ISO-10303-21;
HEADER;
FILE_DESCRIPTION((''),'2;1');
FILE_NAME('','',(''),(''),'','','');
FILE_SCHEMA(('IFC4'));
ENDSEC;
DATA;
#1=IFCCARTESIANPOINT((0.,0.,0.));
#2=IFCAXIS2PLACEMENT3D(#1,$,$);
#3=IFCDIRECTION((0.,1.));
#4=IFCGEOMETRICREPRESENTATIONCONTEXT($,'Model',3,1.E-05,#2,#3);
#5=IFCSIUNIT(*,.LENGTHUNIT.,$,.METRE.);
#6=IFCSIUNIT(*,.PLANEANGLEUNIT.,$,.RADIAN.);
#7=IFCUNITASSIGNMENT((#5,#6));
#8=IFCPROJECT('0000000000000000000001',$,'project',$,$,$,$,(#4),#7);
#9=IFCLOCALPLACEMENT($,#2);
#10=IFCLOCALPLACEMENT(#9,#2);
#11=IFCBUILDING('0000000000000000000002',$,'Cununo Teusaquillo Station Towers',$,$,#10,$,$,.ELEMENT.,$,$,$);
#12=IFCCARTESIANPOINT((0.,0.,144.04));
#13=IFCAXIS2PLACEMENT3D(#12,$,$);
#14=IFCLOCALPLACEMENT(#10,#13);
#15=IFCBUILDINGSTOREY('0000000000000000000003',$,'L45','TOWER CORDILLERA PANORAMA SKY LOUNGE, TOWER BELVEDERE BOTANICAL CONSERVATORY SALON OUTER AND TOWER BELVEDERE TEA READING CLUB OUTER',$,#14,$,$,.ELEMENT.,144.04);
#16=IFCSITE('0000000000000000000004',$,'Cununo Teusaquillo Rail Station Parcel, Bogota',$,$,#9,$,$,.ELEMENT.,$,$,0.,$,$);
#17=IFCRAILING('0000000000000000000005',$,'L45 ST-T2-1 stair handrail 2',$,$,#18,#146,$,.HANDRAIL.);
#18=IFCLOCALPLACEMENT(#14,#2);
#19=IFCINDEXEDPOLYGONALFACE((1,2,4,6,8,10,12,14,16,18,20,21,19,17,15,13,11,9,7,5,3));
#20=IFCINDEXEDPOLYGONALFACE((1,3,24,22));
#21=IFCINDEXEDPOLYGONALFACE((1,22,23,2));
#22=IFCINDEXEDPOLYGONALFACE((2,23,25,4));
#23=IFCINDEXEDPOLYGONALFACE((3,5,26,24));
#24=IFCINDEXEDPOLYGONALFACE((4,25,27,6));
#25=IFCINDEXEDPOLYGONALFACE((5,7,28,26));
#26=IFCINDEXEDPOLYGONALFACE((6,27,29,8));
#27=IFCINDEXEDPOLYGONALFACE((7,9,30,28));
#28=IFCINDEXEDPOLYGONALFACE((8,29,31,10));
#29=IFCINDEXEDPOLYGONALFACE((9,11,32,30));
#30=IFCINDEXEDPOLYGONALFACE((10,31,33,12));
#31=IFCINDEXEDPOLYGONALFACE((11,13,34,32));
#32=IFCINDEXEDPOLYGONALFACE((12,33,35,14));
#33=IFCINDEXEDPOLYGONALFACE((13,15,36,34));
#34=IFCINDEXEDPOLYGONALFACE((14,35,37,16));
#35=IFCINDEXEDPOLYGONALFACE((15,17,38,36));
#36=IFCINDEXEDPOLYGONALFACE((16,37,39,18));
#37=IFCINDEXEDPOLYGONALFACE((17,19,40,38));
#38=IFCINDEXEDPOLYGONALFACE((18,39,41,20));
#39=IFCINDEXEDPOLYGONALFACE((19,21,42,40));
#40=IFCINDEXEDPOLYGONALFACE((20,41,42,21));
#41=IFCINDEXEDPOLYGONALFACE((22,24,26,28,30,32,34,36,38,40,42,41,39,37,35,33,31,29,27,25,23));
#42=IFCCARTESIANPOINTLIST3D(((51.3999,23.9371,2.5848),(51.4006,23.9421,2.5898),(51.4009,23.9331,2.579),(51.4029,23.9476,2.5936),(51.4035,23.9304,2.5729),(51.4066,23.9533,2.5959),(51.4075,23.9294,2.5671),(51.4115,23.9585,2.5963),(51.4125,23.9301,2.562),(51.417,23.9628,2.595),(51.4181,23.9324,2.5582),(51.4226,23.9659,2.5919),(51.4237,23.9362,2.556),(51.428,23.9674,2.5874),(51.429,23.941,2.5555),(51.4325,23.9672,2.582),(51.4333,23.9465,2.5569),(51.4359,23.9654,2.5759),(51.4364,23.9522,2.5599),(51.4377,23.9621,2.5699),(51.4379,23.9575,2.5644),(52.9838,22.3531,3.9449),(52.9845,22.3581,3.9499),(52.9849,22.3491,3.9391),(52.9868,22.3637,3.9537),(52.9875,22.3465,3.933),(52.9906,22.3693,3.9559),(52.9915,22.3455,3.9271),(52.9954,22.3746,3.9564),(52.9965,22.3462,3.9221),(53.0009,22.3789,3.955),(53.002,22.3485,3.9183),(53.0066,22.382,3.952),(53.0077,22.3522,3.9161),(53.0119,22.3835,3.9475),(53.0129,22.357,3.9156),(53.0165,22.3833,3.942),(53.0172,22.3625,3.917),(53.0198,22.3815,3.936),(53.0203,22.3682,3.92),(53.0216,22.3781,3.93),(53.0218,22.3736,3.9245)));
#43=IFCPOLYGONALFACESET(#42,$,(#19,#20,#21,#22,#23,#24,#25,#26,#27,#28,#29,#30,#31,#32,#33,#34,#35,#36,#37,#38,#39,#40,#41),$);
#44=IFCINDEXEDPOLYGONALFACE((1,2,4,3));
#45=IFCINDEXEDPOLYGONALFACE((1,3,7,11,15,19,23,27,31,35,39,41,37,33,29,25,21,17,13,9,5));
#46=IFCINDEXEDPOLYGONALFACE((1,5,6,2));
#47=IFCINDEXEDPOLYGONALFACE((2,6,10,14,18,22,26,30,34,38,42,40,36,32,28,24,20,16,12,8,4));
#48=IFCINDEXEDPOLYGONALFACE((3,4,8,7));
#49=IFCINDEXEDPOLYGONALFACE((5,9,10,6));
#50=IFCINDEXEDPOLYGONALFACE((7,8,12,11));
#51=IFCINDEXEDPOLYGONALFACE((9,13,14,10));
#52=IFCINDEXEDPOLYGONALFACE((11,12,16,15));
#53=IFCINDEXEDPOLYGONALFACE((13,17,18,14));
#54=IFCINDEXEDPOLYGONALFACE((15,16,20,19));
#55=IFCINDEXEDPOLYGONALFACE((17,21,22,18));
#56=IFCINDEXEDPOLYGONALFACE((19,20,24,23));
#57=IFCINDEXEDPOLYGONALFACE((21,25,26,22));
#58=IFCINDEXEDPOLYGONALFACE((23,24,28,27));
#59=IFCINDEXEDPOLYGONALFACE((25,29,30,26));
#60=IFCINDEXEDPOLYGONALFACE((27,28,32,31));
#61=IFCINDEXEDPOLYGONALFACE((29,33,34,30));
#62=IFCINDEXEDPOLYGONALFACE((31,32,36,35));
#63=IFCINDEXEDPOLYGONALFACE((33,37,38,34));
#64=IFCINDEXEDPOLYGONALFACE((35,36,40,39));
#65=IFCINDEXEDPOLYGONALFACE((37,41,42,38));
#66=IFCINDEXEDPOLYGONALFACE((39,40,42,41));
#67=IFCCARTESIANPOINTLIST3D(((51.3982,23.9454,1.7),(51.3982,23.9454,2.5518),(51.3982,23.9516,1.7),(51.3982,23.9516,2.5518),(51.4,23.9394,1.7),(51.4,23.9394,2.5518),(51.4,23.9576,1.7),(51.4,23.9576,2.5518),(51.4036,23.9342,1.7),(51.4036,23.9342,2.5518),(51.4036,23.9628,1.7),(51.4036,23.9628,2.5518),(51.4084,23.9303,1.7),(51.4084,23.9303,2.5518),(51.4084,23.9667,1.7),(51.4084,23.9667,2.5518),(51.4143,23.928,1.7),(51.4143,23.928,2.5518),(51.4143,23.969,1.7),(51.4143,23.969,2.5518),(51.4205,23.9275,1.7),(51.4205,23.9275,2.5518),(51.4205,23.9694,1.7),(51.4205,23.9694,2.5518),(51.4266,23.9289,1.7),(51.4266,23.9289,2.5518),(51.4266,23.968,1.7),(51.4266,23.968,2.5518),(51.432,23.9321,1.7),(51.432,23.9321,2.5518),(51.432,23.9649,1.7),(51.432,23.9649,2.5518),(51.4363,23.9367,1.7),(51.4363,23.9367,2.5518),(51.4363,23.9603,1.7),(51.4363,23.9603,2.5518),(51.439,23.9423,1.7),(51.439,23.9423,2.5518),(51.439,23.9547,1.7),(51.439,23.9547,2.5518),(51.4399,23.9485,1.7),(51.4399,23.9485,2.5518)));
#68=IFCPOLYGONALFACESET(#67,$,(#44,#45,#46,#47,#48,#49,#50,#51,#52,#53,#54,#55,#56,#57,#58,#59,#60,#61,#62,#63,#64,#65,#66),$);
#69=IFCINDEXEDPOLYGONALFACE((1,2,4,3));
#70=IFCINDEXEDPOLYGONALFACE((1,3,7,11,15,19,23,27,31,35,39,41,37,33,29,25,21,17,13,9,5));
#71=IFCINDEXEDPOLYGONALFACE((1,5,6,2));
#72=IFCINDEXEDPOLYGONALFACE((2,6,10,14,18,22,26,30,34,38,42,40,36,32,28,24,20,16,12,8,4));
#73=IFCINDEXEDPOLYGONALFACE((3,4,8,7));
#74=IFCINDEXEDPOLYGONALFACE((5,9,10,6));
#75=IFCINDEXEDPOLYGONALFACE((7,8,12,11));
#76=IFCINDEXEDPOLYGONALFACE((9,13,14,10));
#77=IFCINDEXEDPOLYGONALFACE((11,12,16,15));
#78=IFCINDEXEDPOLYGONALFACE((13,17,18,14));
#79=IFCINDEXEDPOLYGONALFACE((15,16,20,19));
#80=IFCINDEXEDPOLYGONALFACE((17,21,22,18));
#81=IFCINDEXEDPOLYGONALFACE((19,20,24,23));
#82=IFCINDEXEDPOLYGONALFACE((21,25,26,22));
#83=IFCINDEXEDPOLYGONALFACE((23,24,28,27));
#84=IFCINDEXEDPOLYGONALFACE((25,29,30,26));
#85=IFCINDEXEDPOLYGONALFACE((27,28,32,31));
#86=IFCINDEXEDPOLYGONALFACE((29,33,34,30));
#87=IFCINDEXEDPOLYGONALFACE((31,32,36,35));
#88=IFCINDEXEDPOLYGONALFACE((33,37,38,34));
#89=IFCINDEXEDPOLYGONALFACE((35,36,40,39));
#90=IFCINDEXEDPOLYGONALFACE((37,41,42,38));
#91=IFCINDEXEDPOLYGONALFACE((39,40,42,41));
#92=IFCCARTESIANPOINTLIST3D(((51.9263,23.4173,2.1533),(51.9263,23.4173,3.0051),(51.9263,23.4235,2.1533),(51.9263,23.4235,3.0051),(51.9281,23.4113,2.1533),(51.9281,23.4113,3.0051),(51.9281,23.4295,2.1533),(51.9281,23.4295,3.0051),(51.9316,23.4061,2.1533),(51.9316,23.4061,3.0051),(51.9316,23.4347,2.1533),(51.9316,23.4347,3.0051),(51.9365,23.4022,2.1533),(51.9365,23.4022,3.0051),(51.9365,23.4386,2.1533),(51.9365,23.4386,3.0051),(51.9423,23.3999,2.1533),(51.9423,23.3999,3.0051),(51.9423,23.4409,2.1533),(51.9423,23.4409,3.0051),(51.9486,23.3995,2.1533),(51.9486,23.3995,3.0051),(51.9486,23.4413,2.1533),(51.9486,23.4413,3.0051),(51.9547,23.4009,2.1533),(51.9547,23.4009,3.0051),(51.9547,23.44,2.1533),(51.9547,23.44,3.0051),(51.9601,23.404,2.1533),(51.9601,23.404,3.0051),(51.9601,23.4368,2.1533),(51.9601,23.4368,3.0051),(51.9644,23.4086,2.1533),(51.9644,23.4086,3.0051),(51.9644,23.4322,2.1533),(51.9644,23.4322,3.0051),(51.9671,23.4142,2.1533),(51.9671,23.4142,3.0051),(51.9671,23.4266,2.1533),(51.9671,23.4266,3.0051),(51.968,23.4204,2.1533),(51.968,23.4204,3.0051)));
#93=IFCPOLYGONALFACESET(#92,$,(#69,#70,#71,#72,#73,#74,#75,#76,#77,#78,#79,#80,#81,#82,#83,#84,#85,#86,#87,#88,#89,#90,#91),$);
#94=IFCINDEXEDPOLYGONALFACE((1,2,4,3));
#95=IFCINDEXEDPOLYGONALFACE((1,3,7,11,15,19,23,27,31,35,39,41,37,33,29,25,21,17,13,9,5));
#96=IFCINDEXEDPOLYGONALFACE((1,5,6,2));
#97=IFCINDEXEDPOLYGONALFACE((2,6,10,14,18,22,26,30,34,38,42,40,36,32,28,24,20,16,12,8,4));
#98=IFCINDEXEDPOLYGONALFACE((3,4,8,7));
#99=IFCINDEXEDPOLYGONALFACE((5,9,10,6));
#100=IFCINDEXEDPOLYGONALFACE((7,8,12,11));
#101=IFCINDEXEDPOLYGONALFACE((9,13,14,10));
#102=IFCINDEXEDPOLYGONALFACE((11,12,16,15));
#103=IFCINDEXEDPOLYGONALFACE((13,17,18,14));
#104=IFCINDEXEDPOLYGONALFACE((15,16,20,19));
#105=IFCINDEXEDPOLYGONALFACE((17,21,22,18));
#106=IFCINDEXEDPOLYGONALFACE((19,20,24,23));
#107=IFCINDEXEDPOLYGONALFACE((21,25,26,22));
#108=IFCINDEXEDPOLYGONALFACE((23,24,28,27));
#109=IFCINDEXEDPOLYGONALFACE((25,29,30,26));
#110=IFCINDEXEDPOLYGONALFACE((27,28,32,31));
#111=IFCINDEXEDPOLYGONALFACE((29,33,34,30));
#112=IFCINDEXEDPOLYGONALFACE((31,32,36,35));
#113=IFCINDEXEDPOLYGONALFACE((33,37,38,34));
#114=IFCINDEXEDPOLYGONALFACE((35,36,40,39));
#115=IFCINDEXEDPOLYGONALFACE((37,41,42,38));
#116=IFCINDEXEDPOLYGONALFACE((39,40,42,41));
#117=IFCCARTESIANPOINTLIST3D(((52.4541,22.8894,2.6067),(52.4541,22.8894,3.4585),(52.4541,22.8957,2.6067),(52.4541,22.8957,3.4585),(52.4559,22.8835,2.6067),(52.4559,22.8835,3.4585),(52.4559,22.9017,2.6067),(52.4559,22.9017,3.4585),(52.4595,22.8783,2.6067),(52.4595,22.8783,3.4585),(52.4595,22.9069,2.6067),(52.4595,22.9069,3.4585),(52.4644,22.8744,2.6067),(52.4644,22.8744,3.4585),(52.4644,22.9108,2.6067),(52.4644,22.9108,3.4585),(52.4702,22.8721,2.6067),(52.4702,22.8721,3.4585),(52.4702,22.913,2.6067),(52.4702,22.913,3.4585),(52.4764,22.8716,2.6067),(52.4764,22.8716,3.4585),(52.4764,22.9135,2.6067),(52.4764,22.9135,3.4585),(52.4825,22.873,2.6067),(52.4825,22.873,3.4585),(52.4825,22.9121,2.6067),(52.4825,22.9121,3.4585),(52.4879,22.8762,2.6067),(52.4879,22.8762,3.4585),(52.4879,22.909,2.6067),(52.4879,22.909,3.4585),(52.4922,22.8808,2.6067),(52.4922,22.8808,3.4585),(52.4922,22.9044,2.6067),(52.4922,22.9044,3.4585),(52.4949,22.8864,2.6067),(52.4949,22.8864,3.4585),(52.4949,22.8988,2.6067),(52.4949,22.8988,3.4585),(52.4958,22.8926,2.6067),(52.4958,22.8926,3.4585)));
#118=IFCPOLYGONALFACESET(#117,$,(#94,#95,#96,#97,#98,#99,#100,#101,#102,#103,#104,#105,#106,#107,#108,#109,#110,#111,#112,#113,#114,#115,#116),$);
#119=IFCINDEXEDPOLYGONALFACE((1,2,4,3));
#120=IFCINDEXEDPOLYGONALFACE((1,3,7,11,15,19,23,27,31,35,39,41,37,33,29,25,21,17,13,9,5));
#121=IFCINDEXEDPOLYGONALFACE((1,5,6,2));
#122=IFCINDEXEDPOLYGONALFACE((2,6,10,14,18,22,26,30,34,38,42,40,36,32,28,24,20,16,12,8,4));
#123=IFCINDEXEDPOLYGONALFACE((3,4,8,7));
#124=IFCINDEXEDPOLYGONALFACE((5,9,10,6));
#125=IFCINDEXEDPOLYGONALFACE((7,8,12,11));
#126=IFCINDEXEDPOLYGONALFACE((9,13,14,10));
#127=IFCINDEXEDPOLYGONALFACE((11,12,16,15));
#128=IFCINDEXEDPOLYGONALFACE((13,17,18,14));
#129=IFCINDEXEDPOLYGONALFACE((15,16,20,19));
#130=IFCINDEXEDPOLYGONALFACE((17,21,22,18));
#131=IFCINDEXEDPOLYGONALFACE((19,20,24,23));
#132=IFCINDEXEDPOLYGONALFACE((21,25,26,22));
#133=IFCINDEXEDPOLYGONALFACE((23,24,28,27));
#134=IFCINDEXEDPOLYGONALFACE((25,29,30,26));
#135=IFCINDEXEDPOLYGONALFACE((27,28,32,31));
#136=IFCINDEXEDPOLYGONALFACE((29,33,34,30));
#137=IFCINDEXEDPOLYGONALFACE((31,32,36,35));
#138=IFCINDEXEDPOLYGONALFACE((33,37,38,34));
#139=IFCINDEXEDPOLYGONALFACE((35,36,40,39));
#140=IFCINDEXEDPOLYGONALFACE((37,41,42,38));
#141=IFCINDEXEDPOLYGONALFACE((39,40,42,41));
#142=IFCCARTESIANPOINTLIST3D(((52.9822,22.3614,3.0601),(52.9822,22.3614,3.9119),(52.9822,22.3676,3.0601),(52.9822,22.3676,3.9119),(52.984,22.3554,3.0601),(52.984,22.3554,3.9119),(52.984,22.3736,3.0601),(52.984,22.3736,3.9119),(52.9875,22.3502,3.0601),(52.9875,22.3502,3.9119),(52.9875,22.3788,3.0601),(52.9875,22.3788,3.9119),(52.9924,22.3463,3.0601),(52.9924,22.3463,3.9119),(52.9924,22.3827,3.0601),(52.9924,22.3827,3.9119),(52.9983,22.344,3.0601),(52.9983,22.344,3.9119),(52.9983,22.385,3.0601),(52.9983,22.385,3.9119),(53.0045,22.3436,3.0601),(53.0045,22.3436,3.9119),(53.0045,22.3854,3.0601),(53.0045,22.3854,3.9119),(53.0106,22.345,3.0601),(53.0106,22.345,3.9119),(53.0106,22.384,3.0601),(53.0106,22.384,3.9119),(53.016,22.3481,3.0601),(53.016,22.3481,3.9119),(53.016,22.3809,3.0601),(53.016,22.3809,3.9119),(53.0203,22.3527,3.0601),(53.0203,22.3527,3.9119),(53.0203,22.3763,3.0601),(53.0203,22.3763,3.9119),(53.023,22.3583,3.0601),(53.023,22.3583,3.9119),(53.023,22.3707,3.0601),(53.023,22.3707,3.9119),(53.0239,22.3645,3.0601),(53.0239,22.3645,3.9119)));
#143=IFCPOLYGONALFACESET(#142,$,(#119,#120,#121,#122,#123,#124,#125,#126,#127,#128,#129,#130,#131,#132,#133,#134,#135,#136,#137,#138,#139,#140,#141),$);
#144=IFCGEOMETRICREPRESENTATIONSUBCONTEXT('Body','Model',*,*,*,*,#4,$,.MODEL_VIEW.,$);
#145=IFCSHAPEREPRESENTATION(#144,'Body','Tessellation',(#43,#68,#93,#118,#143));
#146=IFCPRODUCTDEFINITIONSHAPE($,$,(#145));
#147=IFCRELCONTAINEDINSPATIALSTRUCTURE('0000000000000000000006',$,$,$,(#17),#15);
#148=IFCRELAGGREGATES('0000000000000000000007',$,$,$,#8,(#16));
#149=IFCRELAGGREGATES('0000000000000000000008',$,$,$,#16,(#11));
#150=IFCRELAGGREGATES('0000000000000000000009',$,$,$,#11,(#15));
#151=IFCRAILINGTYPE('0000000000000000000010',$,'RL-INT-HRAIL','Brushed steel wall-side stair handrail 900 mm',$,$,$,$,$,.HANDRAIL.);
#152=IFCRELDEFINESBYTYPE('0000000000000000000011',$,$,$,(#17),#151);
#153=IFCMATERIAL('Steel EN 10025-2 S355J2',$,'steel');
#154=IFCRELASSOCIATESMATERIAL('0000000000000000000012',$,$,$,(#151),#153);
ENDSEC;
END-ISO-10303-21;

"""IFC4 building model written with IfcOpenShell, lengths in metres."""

from ifc_helpers import new_model, si_unit, direction, frame, origin, origin_2d, place, context, subcontext, project, spatial, circle, extrude, material, type_object, element, save


model = new_model("IFC4")

# Units and contexts
model_context = context("Model", 3, precision=1e-05, world=origin(), true_north=direction((0.0, 1.0)))
body_context = subcontext(model_context, "Body", "Model", "MODEL_VIEW")
ifc_project = project(units=[si_unit("LENGTHUNIT", "METRE"), si_unit("PLANEANGLEUNIT", "RADIAN")], contexts=[model_context])

# Site, building, storey
site_placement = place(None, origin())
site = spatial("IfcSite", under=ifc_project, at=site_placement, Name="Cununo Teusaquillo Rail Station Parcel, Bogota", CompositionType="ELEMENT", RefElevation=0.0)
building_placement = place(site_placement, origin())
building = spatial("IfcBuilding", under=site, at=building_placement, Name="Cununo Teusaquillo Station Towers", CompositionType="ELEMENT")
storey_placement = place(building_placement, frame((0.0, 0.0, 144.04)))
storey = spatial("IfcBuildingStorey", under=building, at=storey_placement, Name="L45", Description="TOWER CORDILLERA PANORAMA SKY LOUNGE, TOWER BELVEDERE BOTANICAL CONSERVATORY SALON OUTER AND TOWER BELVEDERE TEA READING CLUB OUTER", CompositionType="ELEMENT", Elevation=144.04)

# Railing
ifc_material_1 = material(Name="Steel EN 10025-2 S355J2", Category="steel")
railing_type_1 = type_object("IfcRailingType", Name="RL-INT-HRAIL", Description="Brushed steel wall-side stair handrail 900 mm", PredefinedType="HANDRAIL", material=ifc_material_1)
railing_1_placement = place(storey_placement, frame((51.4189, 23.9485, 1.7)))
element("IfcRailing", 1, at=railing_1_placement, inside=storey, type_object=railing_type_1, Name="L45 ST-T2-1 stair handrail 2", PredefinedType="HANDRAIL", context=body_context, shape_type="SweptSolid", body=[
    extrude(circle(Radius=0.0239, at=origin_2d()), frame((0.0, 0.0, 0.876), z_axis=(0.60442, -0.60442, 0.518992), x_axis=(0.707107, 0.707107, 0.0)), (0.0, 0.0, 1.0), 2.6206),
    extrude(circle(Radius=0.021, at=origin_2d()), origin(), (0.0, 0.0, 1.0), 0.8518),
    extrude(circle(Radius=0.021, at=origin_2d()), frame((0.5281, -0.5281, 0.4534)), (0.0, 0.0, 1.0), 0.8518),
    extrude(circle(Radius=0.021, at=origin_2d()), frame((1.0559, -1.0559, 0.9067)), (0.0, 0.0, 1.0), 0.8518),
    extrude(circle(Radius=0.021, at=origin_2d()), frame((1.584, -1.584, 1.3601)), (0.0, 0.0, 1.0), 0.8518),
])

save(model, "model.ifc")
